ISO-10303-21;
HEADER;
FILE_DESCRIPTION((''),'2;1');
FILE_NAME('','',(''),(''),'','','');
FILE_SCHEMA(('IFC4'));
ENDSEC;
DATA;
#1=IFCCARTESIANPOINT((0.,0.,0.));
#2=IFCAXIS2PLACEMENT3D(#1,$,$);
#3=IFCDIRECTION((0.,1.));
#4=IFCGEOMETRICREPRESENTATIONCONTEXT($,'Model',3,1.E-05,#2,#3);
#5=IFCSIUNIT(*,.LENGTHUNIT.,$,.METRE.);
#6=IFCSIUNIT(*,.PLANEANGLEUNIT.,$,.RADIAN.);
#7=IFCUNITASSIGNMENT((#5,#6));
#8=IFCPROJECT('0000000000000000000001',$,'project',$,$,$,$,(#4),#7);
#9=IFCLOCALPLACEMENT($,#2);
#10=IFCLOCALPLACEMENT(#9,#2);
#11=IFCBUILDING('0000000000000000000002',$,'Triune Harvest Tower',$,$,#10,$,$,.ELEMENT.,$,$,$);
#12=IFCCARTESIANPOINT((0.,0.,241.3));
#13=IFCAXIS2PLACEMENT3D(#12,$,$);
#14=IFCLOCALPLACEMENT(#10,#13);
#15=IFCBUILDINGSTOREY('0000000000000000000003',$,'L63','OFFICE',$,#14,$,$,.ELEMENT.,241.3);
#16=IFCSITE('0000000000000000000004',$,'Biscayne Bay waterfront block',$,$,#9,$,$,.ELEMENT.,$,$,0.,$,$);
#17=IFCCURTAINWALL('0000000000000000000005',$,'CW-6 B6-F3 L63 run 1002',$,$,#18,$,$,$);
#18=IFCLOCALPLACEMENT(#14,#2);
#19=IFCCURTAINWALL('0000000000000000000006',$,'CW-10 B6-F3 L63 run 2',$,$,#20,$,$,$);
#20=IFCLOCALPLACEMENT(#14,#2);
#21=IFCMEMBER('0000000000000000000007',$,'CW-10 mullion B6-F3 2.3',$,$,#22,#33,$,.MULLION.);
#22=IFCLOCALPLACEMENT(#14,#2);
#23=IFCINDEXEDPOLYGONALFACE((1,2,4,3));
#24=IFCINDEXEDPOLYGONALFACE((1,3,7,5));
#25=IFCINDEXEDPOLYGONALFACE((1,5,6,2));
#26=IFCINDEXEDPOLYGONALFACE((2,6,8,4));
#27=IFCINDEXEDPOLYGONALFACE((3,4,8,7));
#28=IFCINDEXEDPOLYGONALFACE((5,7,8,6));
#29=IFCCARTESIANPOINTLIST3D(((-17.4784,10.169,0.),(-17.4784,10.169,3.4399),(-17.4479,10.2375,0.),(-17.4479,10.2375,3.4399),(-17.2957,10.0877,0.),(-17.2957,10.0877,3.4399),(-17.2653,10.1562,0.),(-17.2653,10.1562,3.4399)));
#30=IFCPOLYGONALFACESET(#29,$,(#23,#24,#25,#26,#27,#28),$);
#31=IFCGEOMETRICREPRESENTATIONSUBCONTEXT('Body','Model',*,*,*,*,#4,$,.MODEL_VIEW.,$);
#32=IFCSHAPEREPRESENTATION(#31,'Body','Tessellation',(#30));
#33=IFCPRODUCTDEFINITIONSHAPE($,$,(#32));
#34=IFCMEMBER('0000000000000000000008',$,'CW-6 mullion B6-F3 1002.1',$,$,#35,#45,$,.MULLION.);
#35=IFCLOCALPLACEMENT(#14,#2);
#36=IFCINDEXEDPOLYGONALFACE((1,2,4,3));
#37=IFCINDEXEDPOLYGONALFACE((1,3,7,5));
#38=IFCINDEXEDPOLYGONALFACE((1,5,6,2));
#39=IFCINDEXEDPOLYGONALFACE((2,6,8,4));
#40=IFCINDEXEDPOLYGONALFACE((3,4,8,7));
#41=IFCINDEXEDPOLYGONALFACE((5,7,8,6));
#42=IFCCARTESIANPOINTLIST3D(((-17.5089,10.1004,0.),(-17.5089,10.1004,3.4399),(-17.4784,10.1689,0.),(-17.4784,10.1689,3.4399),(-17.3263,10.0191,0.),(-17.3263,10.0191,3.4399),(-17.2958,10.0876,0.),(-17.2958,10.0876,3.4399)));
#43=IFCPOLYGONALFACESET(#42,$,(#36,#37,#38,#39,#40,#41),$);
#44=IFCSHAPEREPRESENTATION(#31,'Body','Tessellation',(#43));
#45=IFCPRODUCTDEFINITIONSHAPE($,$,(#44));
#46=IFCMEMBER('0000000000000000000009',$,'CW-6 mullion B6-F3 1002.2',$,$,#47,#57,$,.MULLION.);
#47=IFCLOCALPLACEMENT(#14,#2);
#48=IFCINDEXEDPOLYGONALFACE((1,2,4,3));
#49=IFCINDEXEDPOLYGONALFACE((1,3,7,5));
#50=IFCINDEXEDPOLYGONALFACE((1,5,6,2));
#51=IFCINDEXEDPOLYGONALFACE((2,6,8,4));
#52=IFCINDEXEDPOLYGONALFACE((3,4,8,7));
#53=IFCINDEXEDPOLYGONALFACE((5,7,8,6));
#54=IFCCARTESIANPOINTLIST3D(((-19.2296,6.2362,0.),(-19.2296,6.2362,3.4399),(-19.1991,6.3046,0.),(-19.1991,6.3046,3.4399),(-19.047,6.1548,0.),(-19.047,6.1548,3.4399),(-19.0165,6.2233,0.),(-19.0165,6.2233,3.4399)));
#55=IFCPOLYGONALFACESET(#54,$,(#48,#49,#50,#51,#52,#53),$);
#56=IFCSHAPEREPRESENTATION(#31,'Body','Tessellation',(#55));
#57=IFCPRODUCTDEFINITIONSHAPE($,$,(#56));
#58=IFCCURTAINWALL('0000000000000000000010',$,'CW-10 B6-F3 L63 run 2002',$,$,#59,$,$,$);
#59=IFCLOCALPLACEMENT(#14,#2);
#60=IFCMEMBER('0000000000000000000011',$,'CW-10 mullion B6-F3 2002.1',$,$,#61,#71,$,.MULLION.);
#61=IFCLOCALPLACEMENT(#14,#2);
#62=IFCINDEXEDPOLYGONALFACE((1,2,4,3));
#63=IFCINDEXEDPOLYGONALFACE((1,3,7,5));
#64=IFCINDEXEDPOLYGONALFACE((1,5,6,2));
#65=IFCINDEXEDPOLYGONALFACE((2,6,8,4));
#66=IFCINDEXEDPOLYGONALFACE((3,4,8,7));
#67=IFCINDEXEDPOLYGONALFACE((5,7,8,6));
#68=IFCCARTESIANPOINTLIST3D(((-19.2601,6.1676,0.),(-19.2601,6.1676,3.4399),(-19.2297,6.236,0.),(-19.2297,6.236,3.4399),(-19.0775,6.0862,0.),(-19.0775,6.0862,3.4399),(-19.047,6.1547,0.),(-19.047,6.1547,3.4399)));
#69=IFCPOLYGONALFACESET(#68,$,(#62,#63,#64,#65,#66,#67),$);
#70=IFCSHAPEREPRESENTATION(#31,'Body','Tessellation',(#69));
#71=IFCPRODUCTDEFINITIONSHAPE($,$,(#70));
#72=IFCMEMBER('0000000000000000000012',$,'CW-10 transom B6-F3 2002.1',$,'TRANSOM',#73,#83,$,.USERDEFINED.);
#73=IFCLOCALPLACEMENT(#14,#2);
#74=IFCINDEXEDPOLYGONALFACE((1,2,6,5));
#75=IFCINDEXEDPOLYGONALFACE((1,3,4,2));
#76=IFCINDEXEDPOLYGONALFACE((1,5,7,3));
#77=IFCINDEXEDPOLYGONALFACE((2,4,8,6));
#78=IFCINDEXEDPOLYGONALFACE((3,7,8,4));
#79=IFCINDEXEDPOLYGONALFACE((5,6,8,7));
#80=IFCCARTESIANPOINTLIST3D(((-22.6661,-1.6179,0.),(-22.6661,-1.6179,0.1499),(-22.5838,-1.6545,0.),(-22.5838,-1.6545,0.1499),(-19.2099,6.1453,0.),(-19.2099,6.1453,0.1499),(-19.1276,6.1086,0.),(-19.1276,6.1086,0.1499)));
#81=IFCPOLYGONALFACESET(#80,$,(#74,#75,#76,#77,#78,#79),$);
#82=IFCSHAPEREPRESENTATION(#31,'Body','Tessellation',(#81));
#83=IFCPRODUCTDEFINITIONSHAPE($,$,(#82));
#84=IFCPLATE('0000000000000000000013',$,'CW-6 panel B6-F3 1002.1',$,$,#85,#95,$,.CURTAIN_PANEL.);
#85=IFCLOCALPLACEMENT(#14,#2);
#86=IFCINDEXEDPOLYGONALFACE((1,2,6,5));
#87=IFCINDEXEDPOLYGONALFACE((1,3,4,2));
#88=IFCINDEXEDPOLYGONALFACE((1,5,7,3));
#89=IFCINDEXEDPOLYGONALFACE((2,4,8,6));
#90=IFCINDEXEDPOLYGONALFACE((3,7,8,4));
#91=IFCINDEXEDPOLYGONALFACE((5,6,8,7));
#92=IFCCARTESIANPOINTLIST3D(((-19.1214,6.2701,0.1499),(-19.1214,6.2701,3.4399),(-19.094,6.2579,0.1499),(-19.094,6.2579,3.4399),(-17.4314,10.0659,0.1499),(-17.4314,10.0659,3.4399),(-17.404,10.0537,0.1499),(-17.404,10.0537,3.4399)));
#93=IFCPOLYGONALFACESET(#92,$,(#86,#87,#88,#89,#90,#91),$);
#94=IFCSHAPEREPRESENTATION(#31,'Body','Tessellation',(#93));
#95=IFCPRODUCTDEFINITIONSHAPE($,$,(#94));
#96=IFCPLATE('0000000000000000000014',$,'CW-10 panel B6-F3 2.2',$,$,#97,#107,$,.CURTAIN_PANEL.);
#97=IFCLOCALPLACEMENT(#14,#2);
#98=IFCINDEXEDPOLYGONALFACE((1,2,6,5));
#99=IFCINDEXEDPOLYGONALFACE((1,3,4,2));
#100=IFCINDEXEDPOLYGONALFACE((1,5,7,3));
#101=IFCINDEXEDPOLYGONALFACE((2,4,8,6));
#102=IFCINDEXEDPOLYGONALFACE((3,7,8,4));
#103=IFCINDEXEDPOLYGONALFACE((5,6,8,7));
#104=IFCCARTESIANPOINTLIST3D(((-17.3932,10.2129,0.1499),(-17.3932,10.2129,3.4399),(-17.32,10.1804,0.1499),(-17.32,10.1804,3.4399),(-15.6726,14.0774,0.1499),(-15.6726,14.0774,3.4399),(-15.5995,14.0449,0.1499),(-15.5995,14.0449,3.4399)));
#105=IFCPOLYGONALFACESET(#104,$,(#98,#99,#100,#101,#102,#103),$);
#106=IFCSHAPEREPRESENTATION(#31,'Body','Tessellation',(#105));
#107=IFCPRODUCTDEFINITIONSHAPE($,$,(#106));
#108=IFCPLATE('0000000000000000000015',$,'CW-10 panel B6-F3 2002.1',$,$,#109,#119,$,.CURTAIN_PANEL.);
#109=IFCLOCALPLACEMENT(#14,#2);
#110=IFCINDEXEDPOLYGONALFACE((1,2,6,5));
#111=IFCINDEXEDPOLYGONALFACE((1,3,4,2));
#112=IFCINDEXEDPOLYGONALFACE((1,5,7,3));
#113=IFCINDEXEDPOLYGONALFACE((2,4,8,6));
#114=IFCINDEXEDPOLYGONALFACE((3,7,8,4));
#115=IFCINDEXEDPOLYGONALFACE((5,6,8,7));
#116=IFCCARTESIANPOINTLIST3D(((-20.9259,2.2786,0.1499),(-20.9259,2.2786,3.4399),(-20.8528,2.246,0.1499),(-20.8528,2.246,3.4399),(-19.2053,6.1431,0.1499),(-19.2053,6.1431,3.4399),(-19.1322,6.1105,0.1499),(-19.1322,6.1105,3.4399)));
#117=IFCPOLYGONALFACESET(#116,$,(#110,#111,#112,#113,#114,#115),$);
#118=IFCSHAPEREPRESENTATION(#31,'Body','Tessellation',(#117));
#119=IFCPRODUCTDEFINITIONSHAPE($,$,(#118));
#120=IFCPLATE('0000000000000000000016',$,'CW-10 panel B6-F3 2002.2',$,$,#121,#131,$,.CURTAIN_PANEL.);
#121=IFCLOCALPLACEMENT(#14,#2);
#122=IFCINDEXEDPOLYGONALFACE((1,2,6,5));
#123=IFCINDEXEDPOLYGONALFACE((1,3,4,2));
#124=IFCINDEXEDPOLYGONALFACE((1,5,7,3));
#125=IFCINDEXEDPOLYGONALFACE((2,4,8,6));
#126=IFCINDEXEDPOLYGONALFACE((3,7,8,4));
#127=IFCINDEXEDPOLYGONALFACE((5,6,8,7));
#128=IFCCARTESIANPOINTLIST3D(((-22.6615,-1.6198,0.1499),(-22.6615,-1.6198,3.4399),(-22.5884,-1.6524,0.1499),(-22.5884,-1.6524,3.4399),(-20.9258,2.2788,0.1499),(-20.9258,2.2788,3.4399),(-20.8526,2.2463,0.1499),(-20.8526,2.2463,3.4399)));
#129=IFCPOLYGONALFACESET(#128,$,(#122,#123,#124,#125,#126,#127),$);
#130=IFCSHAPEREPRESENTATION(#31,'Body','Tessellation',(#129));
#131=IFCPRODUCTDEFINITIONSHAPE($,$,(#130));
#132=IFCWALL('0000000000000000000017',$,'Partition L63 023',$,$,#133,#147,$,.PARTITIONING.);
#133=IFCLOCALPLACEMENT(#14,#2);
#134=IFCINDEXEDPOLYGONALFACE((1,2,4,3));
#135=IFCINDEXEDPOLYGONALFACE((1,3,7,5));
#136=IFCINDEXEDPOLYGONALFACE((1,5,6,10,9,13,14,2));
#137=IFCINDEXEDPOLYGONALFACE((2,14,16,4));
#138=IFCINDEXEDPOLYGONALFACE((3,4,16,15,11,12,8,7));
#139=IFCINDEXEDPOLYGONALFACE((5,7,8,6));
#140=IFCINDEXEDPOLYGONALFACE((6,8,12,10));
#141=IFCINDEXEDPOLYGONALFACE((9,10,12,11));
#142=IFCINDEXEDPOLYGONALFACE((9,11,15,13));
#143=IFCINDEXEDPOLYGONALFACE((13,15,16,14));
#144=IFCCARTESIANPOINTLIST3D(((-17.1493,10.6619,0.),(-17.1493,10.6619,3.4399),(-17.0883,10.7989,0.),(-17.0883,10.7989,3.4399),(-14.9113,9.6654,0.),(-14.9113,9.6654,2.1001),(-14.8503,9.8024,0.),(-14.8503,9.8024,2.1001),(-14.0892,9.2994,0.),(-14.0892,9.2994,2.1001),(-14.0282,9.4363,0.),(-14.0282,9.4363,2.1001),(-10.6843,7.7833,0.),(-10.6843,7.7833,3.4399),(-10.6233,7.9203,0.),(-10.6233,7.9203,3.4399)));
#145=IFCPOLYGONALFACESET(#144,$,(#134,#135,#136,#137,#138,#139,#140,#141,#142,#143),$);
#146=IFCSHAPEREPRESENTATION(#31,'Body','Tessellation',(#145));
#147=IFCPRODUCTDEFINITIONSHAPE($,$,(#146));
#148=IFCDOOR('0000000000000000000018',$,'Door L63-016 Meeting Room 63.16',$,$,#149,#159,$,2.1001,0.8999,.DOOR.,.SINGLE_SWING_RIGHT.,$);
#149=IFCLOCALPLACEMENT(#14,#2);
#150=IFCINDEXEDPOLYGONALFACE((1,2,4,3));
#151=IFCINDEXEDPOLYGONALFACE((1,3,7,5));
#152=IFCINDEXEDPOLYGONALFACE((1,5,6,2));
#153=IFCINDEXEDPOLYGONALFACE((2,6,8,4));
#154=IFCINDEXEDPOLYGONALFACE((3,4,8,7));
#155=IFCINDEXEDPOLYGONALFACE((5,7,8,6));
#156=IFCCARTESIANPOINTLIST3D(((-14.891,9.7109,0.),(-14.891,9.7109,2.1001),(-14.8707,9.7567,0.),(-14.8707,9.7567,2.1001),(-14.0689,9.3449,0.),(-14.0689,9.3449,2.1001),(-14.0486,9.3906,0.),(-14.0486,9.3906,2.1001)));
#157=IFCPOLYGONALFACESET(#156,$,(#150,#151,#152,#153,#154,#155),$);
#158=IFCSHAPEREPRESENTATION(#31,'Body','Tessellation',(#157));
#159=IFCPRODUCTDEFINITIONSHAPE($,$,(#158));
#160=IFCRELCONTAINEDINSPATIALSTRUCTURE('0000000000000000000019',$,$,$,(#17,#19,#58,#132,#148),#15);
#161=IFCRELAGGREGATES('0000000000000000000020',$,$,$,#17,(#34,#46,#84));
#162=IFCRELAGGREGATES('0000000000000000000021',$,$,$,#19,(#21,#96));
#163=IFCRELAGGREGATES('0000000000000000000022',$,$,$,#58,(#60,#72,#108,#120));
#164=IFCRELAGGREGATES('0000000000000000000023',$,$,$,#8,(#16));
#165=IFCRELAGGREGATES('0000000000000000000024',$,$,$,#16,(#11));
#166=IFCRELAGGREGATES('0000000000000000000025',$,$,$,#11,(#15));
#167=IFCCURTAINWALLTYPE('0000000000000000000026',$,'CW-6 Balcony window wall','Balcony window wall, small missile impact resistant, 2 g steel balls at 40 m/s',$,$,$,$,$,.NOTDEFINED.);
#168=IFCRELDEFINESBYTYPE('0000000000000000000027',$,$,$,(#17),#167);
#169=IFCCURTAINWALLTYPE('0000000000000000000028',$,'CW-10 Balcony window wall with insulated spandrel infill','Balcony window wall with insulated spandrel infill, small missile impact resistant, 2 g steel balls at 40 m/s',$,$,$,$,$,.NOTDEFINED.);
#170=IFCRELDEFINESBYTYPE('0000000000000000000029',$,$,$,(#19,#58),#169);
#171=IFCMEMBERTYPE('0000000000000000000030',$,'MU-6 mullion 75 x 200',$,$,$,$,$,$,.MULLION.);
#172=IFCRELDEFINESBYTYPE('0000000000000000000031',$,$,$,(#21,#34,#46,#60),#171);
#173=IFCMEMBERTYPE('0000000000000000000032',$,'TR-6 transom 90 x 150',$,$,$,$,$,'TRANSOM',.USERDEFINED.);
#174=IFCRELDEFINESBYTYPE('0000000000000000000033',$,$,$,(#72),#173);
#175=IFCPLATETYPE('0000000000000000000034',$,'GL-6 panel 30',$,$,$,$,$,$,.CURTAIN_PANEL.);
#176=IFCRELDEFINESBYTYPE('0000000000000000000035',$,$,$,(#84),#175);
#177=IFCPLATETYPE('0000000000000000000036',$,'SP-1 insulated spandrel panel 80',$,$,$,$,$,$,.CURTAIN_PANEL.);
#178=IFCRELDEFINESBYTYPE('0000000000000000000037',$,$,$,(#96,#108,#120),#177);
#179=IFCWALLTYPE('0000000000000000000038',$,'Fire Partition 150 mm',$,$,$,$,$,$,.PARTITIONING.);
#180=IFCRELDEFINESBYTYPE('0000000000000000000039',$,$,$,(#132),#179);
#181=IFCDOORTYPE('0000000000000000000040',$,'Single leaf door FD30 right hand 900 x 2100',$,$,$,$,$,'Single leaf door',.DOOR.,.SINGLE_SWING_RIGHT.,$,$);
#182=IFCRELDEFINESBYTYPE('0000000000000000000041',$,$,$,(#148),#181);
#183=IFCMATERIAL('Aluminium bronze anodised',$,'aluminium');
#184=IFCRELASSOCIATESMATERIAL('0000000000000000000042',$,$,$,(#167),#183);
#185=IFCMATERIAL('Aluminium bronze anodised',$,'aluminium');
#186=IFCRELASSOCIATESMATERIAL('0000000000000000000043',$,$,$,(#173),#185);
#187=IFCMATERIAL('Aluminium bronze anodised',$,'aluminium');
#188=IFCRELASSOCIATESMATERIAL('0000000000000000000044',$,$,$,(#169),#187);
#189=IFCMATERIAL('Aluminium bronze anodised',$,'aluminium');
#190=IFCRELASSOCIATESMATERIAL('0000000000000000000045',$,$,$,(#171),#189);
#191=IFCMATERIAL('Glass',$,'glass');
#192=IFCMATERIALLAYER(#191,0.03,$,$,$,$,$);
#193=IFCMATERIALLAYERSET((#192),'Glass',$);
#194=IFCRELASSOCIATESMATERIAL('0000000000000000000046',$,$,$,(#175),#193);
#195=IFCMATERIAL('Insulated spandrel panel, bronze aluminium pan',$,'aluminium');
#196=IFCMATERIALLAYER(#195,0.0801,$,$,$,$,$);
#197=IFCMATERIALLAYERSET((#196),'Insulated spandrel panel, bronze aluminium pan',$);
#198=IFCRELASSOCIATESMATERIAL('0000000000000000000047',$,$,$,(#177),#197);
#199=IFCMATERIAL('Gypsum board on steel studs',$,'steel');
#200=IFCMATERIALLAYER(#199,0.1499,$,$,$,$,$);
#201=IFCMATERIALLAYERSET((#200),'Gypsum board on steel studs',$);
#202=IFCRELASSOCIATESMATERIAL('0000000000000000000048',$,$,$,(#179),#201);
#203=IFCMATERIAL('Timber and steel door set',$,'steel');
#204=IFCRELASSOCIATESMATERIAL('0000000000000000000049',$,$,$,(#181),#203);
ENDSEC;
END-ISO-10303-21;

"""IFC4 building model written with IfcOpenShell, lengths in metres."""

from ifc_helpers import new_model, si_unit, direction, frame, frame_2d, origin, origin_2d, place, context, subcontext, project, spatial, rectangle, extrude, source, transform, mapped, material, layer, layer_set, material_profile, profile_set, type_object, element, fill, aggregate, save


model = new_model("IFC4")

# Units and contexts
model_context = context("Model", 3, precision=1e-05, world=origin(), true_north=direction((0.0, 1.0)))
body_context = subcontext(model_context, "Body", "Model", "MODEL_VIEW")
ifc_project = project(units=[si_unit("LENGTHUNIT", "METRE"), si_unit("PLANEANGLEUNIT", "RADIAN")], contexts=[model_context])

# Site, building, storey
site_placement = place(None, origin())
site = spatial("IfcSite", under=ifc_project, at=site_placement, Name="Biscayne Bay waterfront block", CompositionType="ELEMENT", RefElevation=0.0)
building_placement = place(site_placement, origin())
building = spatial("IfcBuilding", under=site, at=building_placement, Name="Triune Harvest Tower", CompositionType="ELEMENT")
storey_placement = place(building_placement, frame((0.0, 0.0, 241.3)))
storey = spatial("IfcBuildingStorey", under=building, at=storey_placement, Name="L63", Description="OFFICE", CompositionType="ELEMENT", Elevation=241.3)

# Curtain wall
ifc_material_1 = material(Name="Aluminium bronze anodised", Category="aluminium")
curtain_wall_type_1 = type_object("IfcCurtainWallType", Name="CW-6 Balcony window wall", Description="Balcony window wall, small missile impact resistant, 2 g steel balls at 40 m/s", PredefinedType="NOTDEFINED", material=ifc_material_1)
curtain_wall_1_placement = place(storey_placement, origin())
curtain_wall_1 = element("IfcCurtainWall", 1, at=curtain_wall_1_placement, inside=storey, type_object=curtain_wall_type_1, Name="CW-6 B6-F3 L63 run 1002")
ifc_material_2 = material(Name="Aluminium bronze anodised", Category="aluminium")
ifc_material_profile_1 = material_profile(ifc_material_2, rectangle(XDim=0.0901, YDim=0.1499, at=origin_2d()), Name="TR-6 transom 90 x 150")
ifc_profile_set_1 = profile_set([ifc_material_profile_1], Name="Aluminium bronze anodised")
member_type_1 = type_object("IfcMemberType", Name="TR-6 transom 90 x 150", ElementType="TRANSOM", PredefinedType="USERDEFINED", material=ifc_profile_set_1)

# Curtain wall, member
ifc_material_3 = material(Name="Aluminium bronze anodised", Category="aluminium")
curtain_wall_type_2 = type_object("IfcCurtainWallType", Name="CW-10 Balcony window wall with insulated spandrel infill", Description="Balcony window wall with insulated spandrel infill, small missile impact resistant, 2 g steel balls at 40 m/s", PredefinedType="NOTDEFINED", material=ifc_material_3)
curtain_wall_2_placement = place(storey_placement, origin())
curtain_wall_2 = element("IfcCurtainWall", 2, at=curtain_wall_2_placement, inside=storey, type_object=curtain_wall_type_2, Name="CW-10 B6-F3 L63 run 2")
ifc_material_4 = material(Name="Aluminium bronze anodised", Category="aluminium")
ifc_material_profile_2 = material_profile(ifc_material_4, rectangle(XDim=0.2, YDim=0.075, at=origin_2d()), Name="MU-6 mullion 75 x 200")
ifc_profile_set_2 = profile_set([ifc_material_profile_2], Name="Aluminium bronze anodised")
member_type_2 = type_object("IfcMemberType", Name="MU-6 mullion 75 x 200", PredefinedType="MULLION", material=ifc_profile_set_2)
shared_shape_1 = source(origin(), body_context, "Body", "SweptSolid", [
    extrude(rectangle(XDim=0.2, YDim=0.075, at=origin_2d()), origin(), (0.0, 0.0, 1.0), 3.4399),
])
member_1_placement = place(storey_placement, frame((-17.3718, 10.1626, 0.0), z_axis=(0.0, 0.0, 1.0), x_axis=(0.913546, -0.406735, 0.0)))
member_1 = element("IfcMember", 3, at=member_1_placement, type_object=member_type_2, Name="CW-10 mullion B6-F3 2.3", PredefinedType="MULLION", context=body_context, shape_type="MappedRepresentation", body=[
    mapped(shared_shape_1, transform((0.0, 0.0, 0.0), scale=1.0)),
])

# Members
member_2_placement = place(storey_placement, frame((-17.4023, 10.094, 0.0), z_axis=(0.0, 0.0, 1.0), x_axis=(0.91354, -0.406748, 0.0)))
member_2 = element("IfcMember", 4, at=member_2_placement, type_object=member_type_2, Name="CW-6 mullion B6-F3 1002.1", PredefinedType="MULLION", context=body_context, shape_type="MappedRepresentation", body=[
    mapped(shared_shape_1, transform((0.0, 0.0, 0.0), scale=1.0)),
])
member_3_placement = place(storey_placement, frame((-19.123, 6.2297, 0.0), z_axis=(0.0, 0.0, 1.0), x_axis=(0.91354, -0.406748, 0.0)))
member_3 = element("IfcMember", 5, at=member_3_placement, type_object=member_type_2, Name="CW-6 mullion B6-F3 1002.2", PredefinedType="MULLION", context=body_context, shape_type="MappedRepresentation", body=[
    mapped(shared_shape_1, transform((0.0, 0.0, 0.0), scale=1.0)),
])

# Curtain wall, members
curtain_wall_3_placement = place(storey_placement, origin())
curtain_wall_3 = element("IfcCurtainWall", 6, at=curtain_wall_3_placement, inside=storey, type_object=curtain_wall_type_2, Name="CW-10 B6-F3 L63 run 2002")
member_4_placement = place(storey_placement, frame((-19.1536, 6.1611, 0.0), z_axis=(0.0, 0.0, 1.0), x_axis=(0.913546, -0.406736, 0.0)))
member_4 = element("IfcMember", 7, at=member_4_placement, type_object=member_type_2, Name="CW-10 mullion B6-F3 2002.1", PredefinedType="MULLION", context=body_context, shape_type="MappedRepresentation", body=[
    mapped(shared_shape_1, transform((0.0, 0.0, 0.0), scale=1.0)),
])
shared_shape_2 = source(origin(), body_context, "Body", "SweptSolid", [
    extrude(rectangle(XDim=0.0901, YDim=0.1499, at=origin_2d()), origin(), (0.0, 0.0, 1.0), 8.4978),
])
member_5_placement = place(storey_placement, frame((-19.1687, 6.127, 0.075), z_axis=(-0.406727, -0.91355, 0.0), x_axis=(0.91355, -0.406727, 0.0)))
member_5 = element("IfcMember", 8, at=member_5_placement, type_object=member_type_1, Name="CW-10 transom B6-F3 2002.1", ObjectType="TRANSOM", PredefinedType="USERDEFINED", context=body_context, shape_type="MappedRepresentation", body=[
    mapped(shared_shape_2, transform((0.0, 0.0, 0.0), scale=1.0)),
])

# Plates
ifc_material_5 = material(Name="Glass", Category="glass")
ifc_layer_1 = layer(ifc_material_5, 0.03)
ifc_layer_set_1 = layer_set([ifc_layer_1], Name="Glass")
plate_type_1 = type_object("IfcPlateType", Name="GL-6 panel 30", PredefinedType="CURTAIN_PANEL", material=ifc_layer_set_1)
plate_1_placement = place(storey_placement, frame((-18.2627, 8.1619, 0.1499), z_axis=(0.0, 0.0, 1.0), x_axis=(-0.406748, -0.91354, 0.0)))
plate_1 = element("IfcPlate", 9, at=plate_1_placement, type_object=plate_type_1, Name="CW-6 panel B6-F3 1002.1", PredefinedType="CURTAIN_PANEL", context=body_context, shape_type="SweptSolid", body=[
    extrude(rectangle(XDim=4.155, YDim=0.03, at=origin_2d()), origin(), (0.0, 0.0, 1.0), 3.29),
])
aggregate(curtain_wall_1, [member_2, member_3, plate_1])
ifc_material_6 = material(Name="Insulated spandrel panel, bronze aluminium pan", Category="aluminium")
ifc_layer_2 = layer(ifc_material_6, 0.0801)
ifc_layer_set_2 = layer_set([ifc_layer_2], Name="Insulated spandrel panel, bronze aluminium pan")
plate_type_2 = type_object("IfcPlateType", Name="SP-1 insulated spandrel panel 80", PredefinedType="CURTAIN_PANEL", material=ifc_layer_set_2)
shared_shape_3 = source(origin(), body_context, "Body", "SweptSolid", [
    extrude(rectangle(XDim=4.2302, YDim=0.0801, at=origin_2d()), origin(), (0.0, 0.0, 1.0), 3.29),
])
plate_2_placement = place(storey_placement, frame((-16.4963, 12.1289, 0.1499), z_axis=(0.0, 0.0, 1.0), x_axis=(-0.406735, -0.913546, 0.0)))
plate_2 = element("IfcPlate", 10, at=plate_2_placement, type_object=plate_type_2, Name="CW-10 panel B6-F3 2.2", PredefinedType="CURTAIN_PANEL", context=body_context, shape_type="MappedRepresentation", body=[
    mapped(shared_shape_3, transform((0.0, 0.0, 0.0), scale=1.0)),
])
aggregate(curtain_wall_2, [member_1, plate_2])
plate_3_placement = place(storey_placement, frame((-20.0291, 4.1946, 0.1499), z_axis=(0.0, 0.0, 1.0), x_axis=(-0.406736, -0.913546, 0.0)))
plate_3 = element("IfcPlate", 11, at=plate_3_placement, type_object=plate_type_2, Name="CW-10 panel B6-F3 2002.1", PredefinedType="CURTAIN_PANEL", context=body_context, shape_type="MappedRepresentation", body=[
    mapped(shared_shape_3, transform((0.0, 0.0, 0.0), scale=1.0)),
])
shared_shape_4 = source(origin(), body_context, "Body", "SweptSolid", [
    extrude(rectangle(XDim=4.2676, YDim=0.0801, at=origin_2d()), origin(), (0.0, 0.0, 1.0), 3.29),
])
plate_4_placement = place(storey_placement, frame((-21.7571, 0.3132, 0.1499), z_axis=(0.0, 0.0, 1.0), x_axis=(-0.406736, -0.913546, 0.0)))
plate_4 = element("IfcPlate", 12, at=plate_4_placement, type_object=plate_type_2, Name="CW-10 panel B6-F3 2002.2", PredefinedType="CURTAIN_PANEL", context=body_context, shape_type="MappedRepresentation", body=[
    mapped(shared_shape_4, transform((0.0, 0.0, 0.0), scale=1.0)),
])
aggregate(curtain_wall_3, [member_4, member_5, plate_3, plate_4])

# Wall, opening, door
ifc_material_7 = material(Name="Gypsum board on steel studs", Category="steel")
ifc_layer_3 = layer(ifc_material_7, 0.1499)
ifc_layer_set_3 = layer_set([ifc_layer_3], Name="Gypsum board on steel studs")
wall_type_1 = type_object("IfcWallType", Name="Fire Partition 150 mm", PredefinedType="PARTITIONING", material=ifc_layer_set_3)
wall_1_placement = place(storey_placement, frame((-17.1189, 10.7305, 0.0), z_axis=(0.0, 0.0, 1.0), x_axis=(0.913534, -0.406763, 0.0)))
wall_1 = element("IfcWall", 13, at=wall_1_placement, inside=storey, type_object=wall_type_1, Name="Partition L63 023", PredefinedType="PARTITIONING", context=body_context, shape_type="SweptSolid", body=[
    extrude(rectangle(XDim=7.0769, YDim=0.1499, at=frame_2d((3.5386, 0.0))), origin(), (0.0, 0.0, 1.0), 3.4399),
])
opening_1_placement = place(wall_1_placement, frame((2.45, 0.0, 0.0)))
opening_1 = element("IfcOpeningElement", 14, at=opening_1_placement, cuts=wall_1, PredefinedType="OPENING", context=body_context, shape_type="SweptSolid", body=[
    extrude(rectangle(XDim=0.8999, YDim=2.1001, at=frame_2d((0.45, 1.05))), frame((0.0, 0.085, 0.0), z_axis=(0.0, -1.0, 0.0), x_axis=(1.0, 0.0, 0.0)), (0.0, 0.0, 1.0), 0.1699),
])
ifc_material_8 = material(Name="Timber and steel door set", Category="steel")
door_type_1 = type_object("IfcDoorType", Name="Single leaf door FD30 right hand 900 x 2100", ElementType="Single leaf door", OperationType="SINGLE_SWING_RIGHT", PredefinedType="DOOR", material=ifc_material_8)
door_1_placement = place(opening_1_placement, origin())
door_1 = element("IfcDoor", 15, at=door_1_placement, inside=storey, type_object=door_type_1, Name="Door L63-016 Meeting Room 63.16", OperationType="SINGLE_SWING_RIGHT", OverallHeight=2.1001, OverallWidth=0.8999, PredefinedType="DOOR", context=body_context, shape_type="SweptSolid", body=[
    extrude(rectangle(XDim=0.8999, YDim=2.1001, at=frame_2d((0.45, 1.05))), frame((0.0, 0.0249, 0.0), z_axis=(0.0, -1.0, 0.0), x_axis=(1.0, 0.0, 0.0)), (0.0, 0.0, 1.0), 0.05),
])
fill(opening_1, door_1)

save(model, "model.ifc")
